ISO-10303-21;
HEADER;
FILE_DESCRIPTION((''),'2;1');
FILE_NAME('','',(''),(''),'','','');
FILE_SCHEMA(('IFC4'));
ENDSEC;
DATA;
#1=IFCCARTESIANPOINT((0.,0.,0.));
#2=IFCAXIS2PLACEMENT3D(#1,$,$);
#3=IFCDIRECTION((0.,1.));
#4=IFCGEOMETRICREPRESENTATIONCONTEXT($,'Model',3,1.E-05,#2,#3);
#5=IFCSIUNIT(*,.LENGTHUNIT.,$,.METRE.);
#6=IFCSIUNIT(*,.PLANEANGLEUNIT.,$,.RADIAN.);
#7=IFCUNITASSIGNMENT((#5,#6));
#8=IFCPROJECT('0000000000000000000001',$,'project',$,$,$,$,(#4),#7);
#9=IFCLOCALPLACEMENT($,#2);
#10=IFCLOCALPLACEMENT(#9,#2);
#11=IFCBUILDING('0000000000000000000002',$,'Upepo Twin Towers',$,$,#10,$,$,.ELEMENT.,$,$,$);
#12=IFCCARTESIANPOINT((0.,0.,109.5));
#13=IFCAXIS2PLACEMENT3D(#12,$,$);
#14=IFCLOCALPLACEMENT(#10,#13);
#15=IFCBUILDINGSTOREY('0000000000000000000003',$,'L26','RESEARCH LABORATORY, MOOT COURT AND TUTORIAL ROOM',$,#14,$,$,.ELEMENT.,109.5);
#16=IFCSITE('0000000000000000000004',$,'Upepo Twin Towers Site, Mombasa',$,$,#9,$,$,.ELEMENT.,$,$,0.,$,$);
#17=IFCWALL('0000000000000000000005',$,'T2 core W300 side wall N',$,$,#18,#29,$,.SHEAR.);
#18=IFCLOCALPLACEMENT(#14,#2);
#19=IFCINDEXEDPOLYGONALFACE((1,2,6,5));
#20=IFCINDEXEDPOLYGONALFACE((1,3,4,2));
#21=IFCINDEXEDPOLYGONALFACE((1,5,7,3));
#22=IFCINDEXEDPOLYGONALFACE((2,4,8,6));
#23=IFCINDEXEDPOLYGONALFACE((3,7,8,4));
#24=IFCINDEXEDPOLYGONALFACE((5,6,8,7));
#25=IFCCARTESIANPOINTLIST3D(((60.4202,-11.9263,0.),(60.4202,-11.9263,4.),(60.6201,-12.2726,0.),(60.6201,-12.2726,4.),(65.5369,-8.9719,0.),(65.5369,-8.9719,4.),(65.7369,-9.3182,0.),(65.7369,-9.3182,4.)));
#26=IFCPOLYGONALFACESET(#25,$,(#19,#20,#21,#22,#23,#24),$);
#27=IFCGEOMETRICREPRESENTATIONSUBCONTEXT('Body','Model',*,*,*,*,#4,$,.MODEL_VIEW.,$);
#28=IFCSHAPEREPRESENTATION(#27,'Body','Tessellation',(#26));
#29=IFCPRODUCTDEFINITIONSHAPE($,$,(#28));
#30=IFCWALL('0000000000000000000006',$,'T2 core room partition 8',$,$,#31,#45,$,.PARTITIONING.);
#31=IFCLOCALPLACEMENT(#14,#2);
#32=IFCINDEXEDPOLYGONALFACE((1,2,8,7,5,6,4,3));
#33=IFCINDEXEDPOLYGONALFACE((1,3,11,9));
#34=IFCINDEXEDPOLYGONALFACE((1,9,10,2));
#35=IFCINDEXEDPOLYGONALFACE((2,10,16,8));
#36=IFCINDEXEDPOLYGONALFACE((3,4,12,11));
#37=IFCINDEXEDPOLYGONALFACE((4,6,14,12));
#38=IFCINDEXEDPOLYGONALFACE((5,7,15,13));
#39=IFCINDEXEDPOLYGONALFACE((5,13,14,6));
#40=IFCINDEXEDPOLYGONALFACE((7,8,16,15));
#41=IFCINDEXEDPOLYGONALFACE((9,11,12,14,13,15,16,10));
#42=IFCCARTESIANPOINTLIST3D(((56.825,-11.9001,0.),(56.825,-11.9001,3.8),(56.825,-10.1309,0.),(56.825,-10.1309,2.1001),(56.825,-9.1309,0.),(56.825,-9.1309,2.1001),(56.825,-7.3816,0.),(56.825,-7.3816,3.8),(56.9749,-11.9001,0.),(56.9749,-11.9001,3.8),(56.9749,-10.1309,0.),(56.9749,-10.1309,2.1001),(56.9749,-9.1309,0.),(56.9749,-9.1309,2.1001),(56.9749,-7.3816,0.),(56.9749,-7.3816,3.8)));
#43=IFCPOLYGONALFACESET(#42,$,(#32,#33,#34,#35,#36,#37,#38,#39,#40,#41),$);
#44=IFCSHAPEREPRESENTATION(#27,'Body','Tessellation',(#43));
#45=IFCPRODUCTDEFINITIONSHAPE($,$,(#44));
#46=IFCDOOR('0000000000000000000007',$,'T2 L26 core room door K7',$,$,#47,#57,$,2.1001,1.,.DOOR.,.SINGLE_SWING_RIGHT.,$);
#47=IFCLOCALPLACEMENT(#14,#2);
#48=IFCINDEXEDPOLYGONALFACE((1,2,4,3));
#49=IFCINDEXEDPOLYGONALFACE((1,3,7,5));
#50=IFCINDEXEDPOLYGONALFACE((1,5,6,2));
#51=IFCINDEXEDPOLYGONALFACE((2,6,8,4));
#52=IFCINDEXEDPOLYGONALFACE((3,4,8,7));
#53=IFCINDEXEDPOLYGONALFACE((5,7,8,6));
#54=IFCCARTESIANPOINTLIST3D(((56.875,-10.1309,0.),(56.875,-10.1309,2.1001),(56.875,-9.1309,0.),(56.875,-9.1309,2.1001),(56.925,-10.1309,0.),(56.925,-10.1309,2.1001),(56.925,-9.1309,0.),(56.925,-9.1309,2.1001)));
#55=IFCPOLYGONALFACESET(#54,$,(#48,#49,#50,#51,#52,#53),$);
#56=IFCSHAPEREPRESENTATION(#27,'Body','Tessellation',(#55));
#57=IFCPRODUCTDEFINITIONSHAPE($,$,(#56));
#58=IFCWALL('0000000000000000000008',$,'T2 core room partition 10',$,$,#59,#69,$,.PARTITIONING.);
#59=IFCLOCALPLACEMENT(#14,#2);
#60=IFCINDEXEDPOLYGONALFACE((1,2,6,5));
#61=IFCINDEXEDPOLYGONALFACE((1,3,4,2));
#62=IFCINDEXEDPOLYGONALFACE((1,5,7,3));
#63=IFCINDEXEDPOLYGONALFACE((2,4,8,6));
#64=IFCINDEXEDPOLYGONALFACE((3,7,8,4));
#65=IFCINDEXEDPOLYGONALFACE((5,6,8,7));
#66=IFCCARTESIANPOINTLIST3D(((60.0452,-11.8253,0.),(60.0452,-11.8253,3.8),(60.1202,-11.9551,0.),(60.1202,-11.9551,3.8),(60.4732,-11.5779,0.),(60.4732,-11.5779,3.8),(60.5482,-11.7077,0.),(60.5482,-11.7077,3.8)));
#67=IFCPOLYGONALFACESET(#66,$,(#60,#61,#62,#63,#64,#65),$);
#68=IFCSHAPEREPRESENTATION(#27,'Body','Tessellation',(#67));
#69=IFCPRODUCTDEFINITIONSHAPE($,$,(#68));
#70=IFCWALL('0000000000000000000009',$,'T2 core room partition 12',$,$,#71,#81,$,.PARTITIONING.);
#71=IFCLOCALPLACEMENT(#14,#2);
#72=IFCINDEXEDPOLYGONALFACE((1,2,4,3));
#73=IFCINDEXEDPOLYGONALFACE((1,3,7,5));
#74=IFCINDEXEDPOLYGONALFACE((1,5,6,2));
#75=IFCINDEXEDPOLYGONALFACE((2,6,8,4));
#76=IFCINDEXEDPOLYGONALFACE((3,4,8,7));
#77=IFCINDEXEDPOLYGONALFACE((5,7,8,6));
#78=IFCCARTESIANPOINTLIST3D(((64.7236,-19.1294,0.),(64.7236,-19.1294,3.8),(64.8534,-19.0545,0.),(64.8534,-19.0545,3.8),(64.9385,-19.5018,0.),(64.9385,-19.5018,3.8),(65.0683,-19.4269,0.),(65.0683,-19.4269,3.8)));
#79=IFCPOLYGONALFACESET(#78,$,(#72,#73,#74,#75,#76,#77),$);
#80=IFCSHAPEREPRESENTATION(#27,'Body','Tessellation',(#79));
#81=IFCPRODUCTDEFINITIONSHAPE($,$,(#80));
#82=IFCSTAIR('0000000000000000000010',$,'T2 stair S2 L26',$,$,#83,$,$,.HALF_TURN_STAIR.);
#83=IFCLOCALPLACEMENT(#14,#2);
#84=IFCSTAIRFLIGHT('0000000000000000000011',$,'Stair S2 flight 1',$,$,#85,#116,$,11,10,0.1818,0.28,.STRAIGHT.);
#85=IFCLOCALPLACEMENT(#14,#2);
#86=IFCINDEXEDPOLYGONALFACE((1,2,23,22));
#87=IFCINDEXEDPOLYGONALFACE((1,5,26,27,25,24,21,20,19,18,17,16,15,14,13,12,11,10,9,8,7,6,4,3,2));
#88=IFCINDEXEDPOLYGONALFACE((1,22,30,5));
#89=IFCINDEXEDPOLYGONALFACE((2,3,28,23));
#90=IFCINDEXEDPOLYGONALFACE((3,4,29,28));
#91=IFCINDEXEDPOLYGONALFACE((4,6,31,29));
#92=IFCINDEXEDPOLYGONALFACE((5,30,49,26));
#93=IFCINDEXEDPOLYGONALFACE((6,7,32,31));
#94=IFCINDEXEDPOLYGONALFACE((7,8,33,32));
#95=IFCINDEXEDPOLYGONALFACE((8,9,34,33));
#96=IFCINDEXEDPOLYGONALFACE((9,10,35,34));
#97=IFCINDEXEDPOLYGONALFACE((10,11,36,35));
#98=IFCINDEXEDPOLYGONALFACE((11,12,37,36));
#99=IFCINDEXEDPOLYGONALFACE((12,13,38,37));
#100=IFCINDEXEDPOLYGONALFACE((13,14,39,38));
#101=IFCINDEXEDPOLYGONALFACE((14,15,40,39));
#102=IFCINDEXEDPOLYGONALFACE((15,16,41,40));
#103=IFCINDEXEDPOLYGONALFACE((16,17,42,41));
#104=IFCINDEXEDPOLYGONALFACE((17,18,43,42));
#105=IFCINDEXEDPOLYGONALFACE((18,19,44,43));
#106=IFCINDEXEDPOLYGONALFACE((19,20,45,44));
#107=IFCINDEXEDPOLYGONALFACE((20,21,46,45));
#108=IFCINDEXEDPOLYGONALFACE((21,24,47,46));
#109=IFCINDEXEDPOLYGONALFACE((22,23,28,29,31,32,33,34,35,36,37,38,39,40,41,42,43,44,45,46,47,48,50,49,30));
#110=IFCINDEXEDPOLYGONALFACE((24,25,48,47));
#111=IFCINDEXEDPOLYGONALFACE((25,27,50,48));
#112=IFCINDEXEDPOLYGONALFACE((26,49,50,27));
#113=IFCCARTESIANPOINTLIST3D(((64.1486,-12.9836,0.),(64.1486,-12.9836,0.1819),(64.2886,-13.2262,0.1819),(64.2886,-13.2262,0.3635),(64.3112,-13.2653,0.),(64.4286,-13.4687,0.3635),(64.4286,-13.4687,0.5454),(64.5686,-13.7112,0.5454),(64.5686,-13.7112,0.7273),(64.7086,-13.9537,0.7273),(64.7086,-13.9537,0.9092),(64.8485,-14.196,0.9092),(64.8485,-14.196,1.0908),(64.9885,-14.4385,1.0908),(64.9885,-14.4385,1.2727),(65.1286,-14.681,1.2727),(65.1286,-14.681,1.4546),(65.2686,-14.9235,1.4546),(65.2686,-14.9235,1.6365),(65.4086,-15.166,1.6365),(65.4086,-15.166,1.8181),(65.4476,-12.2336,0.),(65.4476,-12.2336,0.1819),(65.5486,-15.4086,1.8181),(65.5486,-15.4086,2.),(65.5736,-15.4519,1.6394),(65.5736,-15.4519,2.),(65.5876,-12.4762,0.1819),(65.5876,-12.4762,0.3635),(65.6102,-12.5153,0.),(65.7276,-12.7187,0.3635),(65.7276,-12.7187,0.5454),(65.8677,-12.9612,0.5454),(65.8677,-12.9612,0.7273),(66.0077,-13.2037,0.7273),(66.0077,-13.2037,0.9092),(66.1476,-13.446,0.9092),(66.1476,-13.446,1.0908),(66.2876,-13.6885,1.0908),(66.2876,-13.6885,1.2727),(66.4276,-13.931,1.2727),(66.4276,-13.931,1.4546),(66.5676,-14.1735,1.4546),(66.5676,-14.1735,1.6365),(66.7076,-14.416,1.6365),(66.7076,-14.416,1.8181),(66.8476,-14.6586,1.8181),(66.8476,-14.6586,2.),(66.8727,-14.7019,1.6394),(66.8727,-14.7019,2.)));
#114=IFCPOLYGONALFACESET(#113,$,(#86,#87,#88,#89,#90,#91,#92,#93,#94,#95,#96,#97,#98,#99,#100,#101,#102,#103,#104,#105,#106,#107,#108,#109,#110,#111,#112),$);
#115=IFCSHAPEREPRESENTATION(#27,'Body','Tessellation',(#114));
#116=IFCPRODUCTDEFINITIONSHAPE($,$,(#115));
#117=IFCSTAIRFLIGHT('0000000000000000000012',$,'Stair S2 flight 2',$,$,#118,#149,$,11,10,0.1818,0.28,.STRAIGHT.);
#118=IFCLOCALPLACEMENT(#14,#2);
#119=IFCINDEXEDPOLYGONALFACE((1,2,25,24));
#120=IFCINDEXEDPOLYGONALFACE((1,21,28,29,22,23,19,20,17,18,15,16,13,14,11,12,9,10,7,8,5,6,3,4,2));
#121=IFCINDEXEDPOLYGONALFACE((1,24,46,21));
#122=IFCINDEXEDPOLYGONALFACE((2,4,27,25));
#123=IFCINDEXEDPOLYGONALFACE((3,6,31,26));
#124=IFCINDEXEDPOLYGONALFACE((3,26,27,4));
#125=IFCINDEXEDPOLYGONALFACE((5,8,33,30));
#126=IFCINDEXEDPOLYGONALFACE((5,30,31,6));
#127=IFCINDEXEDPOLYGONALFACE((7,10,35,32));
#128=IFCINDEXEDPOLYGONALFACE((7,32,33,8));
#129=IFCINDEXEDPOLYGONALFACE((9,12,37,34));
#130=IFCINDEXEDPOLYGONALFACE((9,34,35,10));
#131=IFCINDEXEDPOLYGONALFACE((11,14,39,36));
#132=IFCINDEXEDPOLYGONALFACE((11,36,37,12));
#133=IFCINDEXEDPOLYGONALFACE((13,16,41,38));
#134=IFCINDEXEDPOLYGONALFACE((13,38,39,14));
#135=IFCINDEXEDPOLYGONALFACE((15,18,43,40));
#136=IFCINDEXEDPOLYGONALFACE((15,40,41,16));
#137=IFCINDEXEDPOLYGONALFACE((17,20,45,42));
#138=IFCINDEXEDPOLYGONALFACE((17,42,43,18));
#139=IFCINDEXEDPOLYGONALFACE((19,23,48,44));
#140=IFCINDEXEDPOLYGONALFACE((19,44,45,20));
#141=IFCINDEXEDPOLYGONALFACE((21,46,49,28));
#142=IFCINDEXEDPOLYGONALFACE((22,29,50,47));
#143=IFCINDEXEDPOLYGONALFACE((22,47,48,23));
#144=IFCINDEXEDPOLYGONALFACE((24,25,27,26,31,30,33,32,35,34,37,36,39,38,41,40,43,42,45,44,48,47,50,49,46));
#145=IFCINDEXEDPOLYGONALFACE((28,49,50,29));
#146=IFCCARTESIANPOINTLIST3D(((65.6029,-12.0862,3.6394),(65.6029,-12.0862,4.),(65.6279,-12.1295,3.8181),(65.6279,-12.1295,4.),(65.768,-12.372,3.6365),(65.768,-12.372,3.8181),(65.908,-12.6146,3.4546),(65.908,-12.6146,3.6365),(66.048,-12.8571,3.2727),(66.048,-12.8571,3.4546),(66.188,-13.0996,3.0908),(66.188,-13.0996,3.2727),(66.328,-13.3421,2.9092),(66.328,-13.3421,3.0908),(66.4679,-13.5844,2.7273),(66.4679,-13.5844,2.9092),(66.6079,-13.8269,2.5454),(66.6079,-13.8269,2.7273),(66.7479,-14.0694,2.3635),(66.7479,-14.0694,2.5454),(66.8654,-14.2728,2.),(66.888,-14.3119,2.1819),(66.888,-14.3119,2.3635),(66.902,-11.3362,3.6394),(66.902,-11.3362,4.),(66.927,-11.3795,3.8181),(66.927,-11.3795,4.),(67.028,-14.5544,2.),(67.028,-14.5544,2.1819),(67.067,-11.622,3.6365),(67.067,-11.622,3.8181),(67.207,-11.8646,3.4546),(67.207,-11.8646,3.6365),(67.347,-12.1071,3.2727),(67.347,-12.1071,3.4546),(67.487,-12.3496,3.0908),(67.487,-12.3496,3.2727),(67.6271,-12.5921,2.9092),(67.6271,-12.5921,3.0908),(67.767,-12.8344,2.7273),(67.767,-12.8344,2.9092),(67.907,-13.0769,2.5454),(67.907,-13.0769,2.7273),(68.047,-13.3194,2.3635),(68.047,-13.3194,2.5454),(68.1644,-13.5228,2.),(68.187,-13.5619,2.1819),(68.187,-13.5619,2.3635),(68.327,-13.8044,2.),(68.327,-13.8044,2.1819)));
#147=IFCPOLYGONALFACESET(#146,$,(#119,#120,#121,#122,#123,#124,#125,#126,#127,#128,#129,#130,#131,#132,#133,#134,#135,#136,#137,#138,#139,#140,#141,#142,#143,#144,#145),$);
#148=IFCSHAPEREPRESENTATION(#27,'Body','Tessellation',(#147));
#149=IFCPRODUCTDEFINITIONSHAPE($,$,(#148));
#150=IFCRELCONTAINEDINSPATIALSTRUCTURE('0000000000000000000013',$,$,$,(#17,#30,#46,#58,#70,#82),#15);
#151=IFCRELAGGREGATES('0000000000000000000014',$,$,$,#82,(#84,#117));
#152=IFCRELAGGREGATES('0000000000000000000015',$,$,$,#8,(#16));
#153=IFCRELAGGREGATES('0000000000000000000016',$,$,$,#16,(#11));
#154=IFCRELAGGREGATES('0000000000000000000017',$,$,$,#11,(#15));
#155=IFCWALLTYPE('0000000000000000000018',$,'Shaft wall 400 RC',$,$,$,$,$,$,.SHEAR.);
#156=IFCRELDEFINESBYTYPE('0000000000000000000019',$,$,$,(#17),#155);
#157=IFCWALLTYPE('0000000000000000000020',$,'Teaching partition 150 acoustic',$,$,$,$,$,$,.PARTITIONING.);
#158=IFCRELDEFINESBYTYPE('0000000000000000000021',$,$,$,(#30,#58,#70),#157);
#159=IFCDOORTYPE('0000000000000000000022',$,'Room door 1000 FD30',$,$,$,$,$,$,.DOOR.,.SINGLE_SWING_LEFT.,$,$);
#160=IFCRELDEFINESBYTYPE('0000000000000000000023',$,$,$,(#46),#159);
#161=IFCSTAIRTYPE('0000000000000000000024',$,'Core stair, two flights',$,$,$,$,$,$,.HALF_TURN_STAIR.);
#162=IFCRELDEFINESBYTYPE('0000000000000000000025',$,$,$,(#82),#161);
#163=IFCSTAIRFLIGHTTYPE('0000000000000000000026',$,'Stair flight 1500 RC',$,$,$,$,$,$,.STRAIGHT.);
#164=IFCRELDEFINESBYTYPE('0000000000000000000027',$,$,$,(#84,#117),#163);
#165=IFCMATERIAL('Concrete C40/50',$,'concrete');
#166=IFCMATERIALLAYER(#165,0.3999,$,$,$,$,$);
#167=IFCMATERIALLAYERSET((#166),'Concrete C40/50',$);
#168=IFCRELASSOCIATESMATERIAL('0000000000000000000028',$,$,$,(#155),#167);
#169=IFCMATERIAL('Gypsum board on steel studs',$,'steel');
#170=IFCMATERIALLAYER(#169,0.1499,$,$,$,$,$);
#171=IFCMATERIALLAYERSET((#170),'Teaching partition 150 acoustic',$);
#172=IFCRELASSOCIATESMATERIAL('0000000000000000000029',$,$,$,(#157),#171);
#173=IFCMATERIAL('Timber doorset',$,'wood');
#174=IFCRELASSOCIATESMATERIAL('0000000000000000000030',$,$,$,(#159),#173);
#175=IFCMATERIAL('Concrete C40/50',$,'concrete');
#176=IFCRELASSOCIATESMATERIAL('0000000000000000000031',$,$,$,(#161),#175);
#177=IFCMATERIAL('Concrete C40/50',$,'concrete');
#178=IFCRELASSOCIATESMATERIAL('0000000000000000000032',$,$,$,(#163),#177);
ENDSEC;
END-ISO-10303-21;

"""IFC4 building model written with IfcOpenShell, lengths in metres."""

from ifc_helpers import new_model, si_unit, direction, frame, frame_2d, origin, place, context, subcontext, project, spatial, polyline, rectangle, outline, extrude, material, layer, layer_set, type_object, element, fill, aggregate, save


model = new_model("IFC4")

# Units and contexts
model_context = context("Model", 3, precision=1e-05, world=origin(), true_north=direction((0.0, 1.0)))
body_context = subcontext(model_context, "Body", "Model", "MODEL_VIEW")
ifc_project = project(units=[si_unit("LENGTHUNIT", "METRE"), si_unit("PLANEANGLEUNIT", "RADIAN")], contexts=[model_context])

# Site, building, storey
site_placement = place(None, origin())
site = spatial("IfcSite", under=ifc_project, at=site_placement, Name="Upepo Twin Towers Site, Mombasa", CompositionType="ELEMENT", RefElevation=0.0)
building_placement = place(site_placement, origin())
building = spatial("IfcBuilding", under=site, at=building_placement, Name="Upepo Twin Towers", CompositionType="ELEMENT")
storey_placement = place(building_placement, frame((0.0, 0.0, 109.5)))
storey = spatial("IfcBuildingStorey", under=building, at=storey_placement, Name="L26", Description="RESEARCH LABORATORY, MOOT COURT AND TUTORIAL ROOM", CompositionType="ELEMENT", Elevation=109.5)

# Wall
ifc_material_1 = material(Name="Concrete C40/50", Category="concrete")
ifc_layer_1 = layer(ifc_material_1, 0.3999)
ifc_layer_set_1 = layer_set([ifc_layer_1], Name="Concrete C40/50")
wall_type_1 = type_object("IfcWallType", Name="Shaft wall 400 RC", PredefinedType="SHEAR", material=ifc_layer_set_1)
wall_1_placement = place(storey_placement, frame((60.5203, -12.0994, 0.0), z_axis=(0.0, 0.0, 1.0), x_axis=(0.866009, 0.500028, 0.0)))
element("IfcWall", 1, at=wall_1_placement, inside=storey, type_object=wall_type_1, Name="T2 core W300 side wall N", PredefinedType="SHEAR", context=body_context, shape_type="SweptSolid", body=[
    extrude(rectangle(XDim=5.9084, YDim=0.3999, at=frame_2d((2.9541, 0.0))), origin(), (0.0, 0.0, 1.0), 4.0),
])

# Wall, opening, door
ifc_material_2 = material(Name="Gypsum board on steel studs", Category="steel")
ifc_layer_2 = layer(ifc_material_2, 0.1499)
ifc_layer_set_2 = layer_set([ifc_layer_2], Name="Teaching partition 150 acoustic")
wall_type_2 = type_object("IfcWallType", Name="Teaching partition 150 acoustic", PredefinedType="PARTITIONING", material=ifc_layer_set_2)
wall_2_placement = place(storey_placement, frame((56.8999, -11.9001, 0.0), z_axis=(0.0, 0.0, 1.0), x_axis=(0.0, 1.0, 0.0)))
wall_2 = element("IfcWall", 2, at=wall_2_placement, inside=storey, type_object=wall_type_2, Name="T2 core room partition 8", PredefinedType="PARTITIONING", context=body_context, shape_type="SweptSolid", body=[
    extrude(rectangle(XDim=4.5186, YDim=0.1499, at=frame_2d((2.2593, 0.0))), origin(), (0.0, 0.0, 1.0), 3.8),
])
opening_1_placement = place(wall_2_placement, frame((1.7693, 0.0, 0.0)))
opening_1 = element("IfcOpeningElement", 3, at=opening_1_placement, cuts=wall_2, PredefinedType="OPENING", context=body_context, shape_type="SweptSolid", body=[
    extrude(rectangle(XDim=1.0, YDim=2.1001, at=frame_2d((0.5, 1.05))), frame((0.0, 0.085, 0.0), z_axis=(0.0, -1.0, 0.0), x_axis=(1.0, 0.0, 0.0)), (0.0, 0.0, 1.0), 0.1699),
])
ifc_material_3 = material(Name="Timber doorset", Category="wood")
door_type_1 = type_object("IfcDoorType", Name="Room door 1000 FD30", OperationType="SINGLE_SWING_LEFT", PredefinedType="DOOR", material=ifc_material_3)
door_1_placement = place(opening_1_placement, origin())
door_1 = element("IfcDoor", 4, at=door_1_placement, inside=storey, type_object=door_type_1, Name="T2 L26 core room door K7", OperationType="SINGLE_SWING_RIGHT", OverallHeight=2.1001, OverallWidth=1.0, PredefinedType="DOOR", context=body_context, shape_type="SweptSolid", body=[
    extrude(rectangle(XDim=1.0, YDim=2.1001, at=frame_2d((0.5, 1.05))), frame((0.0, 0.0249, 0.0), z_axis=(0.0, -1.0, 0.0), x_axis=(1.0, 0.0, 0.0)), (0.0, 0.0, 1.0), 0.05),
])
fill(opening_1, door_1)

# Walls
wall_3_placement = place(storey_placement, frame((60.0828, -11.8901, 0.0), z_axis=(0.0, 0.0, 1.0), x_axis=(0.865832, 0.500335, 0.0)))
element("IfcWall", 5, at=wall_3_placement, inside=storey, type_object=wall_type_2, Name="T2 core room partition 10", PredefinedType="PARTITIONING", context=body_context, shape_type="SweptSolid", body=[
    extrude(rectangle(XDim=0.4944, YDim=0.1499, at=frame_2d((0.2471, 0.0))), origin(), (0.0, 0.0, 1.0), 3.8),
])
wall_4_placement = place(storey_placement, frame((64.7886, -19.092, 0.0), z_axis=(0.0, 0.0, 1.0), x_axis=(0.499804, -0.866138, 0.0)))
element("IfcWall", 6, at=wall_4_placement, inside=storey, type_object=wall_type_2, Name="T2 core room partition 12", PredefinedType="PARTITIONING", context=body_context, shape_type="SweptSolid", body=[
    extrude(rectangle(XDim=0.4299, YDim=0.1499, at=frame_2d((0.2148, 0.0))), origin(), (0.0, 0.0, 1.0), 3.8),
])

# Stair, stair flights
ifc_material_4 = material(Name="Concrete C40/50", Category="concrete")
stair_type = type_object("IfcStairType", Name="Core stair, two flights", PredefinedType="HALF_TURN_STAIR", material=ifc_material_4)
stair_placement = place(storey_placement, origin())
stair = element("IfcStair", 7, at=stair_placement, inside=storey, type_object=stair_type, Name="T2 stair S2 L26", PredefinedType="HALF_TURN_STAIR")
ifc_material_5 = material(Name="Concrete C40/50", Category="concrete")
stair_flight_type = type_object("IfcStairFlightType", Name="Stair flight 1500 RC", PredefinedType="STRAIGHT", material=ifc_material_5)
stair_flight_1_placement = place(storey_placement, frame((64.7981, -12.6086, 0.0), z_axis=(0.0, 0.0, 1.0), x_axis=(0.5, -0.866025, 0.0)))
stair_flight_1 = element("IfcStairFlight", 8, at=stair_flight_1_placement, type_object=stair_flight_type, Name="Stair S2 flight 1", NumberOfRisers=11, NumberOfTreads=10, PredefinedType="STRAIGHT", RiserHeight=0.1818, TreadLength=0.28, context=body_context, shape_type="SweptSolid", body=[
    extrude(outline(polyline([(0.0, 0.0), (0.0, 0.1819), (0.28, 0.1819), (0.28, 0.3635), (0.5601, 0.3635), (0.5601, 0.5454), (0.8401, 0.5454), (0.8401, 0.7273), (1.1201, 0.7273), (1.1201, 0.9092), (1.3999, 0.9092), (1.3999, 1.0908), (1.6799, 1.0908), (1.6799, 1.2727), (1.96, 1.2727), (1.96, 1.4546), (2.24, 1.4546), (2.24, 1.6365), (2.52, 1.6365), (2.52, 1.8181), (2.8, 1.8181), (2.8, 2.0), (2.8501, 2.0), (2.8501, 1.6394), (0.3252, 0.0), (0.0, 0.0)])), frame((0.0, 0.75, 0.0), z_axis=(0.0, -1.0, 0.0), x_axis=(1.0, 0.0, 0.0)), (0.0, 0.0, 1.0), 1.5),
])
stair_flight_2_placement = place(storey_placement, frame((67.6775, -14.1794, 2.0), z_axis=(0.0, 0.0, 1.0), x_axis=(-0.5, 0.866025, 0.0)))
stair_flight_2 = element("IfcStairFlight", 9, at=stair_flight_2_placement, type_object=stair_flight_type, Name="Stair S2 flight 2", NumberOfRisers=11, NumberOfTreads=10, PredefinedType="STRAIGHT", RiserHeight=0.1818, TreadLength=0.28, context=body_context, shape_type="SweptSolid", body=[
    extrude(outline(polyline([(0.0, 0.0), (0.0, 0.1819), (0.28, 0.1819), (0.28, 0.3635), (0.5601, 0.3635), (0.5601, 0.5454), (0.8401, 0.5454), (0.8401, 0.7273), (1.1201, 0.7273), (1.1201, 0.9092), (1.3999, 0.9092), (1.3999, 1.0908), (1.6799, 1.0908), (1.6799, 1.2727), (1.96, 1.2727), (1.96, 1.4546), (2.24, 1.4546), (2.24, 1.6365), (2.52, 1.6365), (2.52, 1.8181), (2.8, 1.8181), (2.8, 2.0), (2.8501, 2.0), (2.8501, 1.6394), (0.3252, 0.0), (0.0, 0.0)])), frame((0.0, 0.75, 0.0), z_axis=(0.0, -1.0, 0.0), x_axis=(1.0, 0.0, 0.0)), (0.0, 0.0, 1.0), 1.5),
])
aggregate(stair, [stair_flight_1, stair_flight_2])

save(model, "model.ifc")
